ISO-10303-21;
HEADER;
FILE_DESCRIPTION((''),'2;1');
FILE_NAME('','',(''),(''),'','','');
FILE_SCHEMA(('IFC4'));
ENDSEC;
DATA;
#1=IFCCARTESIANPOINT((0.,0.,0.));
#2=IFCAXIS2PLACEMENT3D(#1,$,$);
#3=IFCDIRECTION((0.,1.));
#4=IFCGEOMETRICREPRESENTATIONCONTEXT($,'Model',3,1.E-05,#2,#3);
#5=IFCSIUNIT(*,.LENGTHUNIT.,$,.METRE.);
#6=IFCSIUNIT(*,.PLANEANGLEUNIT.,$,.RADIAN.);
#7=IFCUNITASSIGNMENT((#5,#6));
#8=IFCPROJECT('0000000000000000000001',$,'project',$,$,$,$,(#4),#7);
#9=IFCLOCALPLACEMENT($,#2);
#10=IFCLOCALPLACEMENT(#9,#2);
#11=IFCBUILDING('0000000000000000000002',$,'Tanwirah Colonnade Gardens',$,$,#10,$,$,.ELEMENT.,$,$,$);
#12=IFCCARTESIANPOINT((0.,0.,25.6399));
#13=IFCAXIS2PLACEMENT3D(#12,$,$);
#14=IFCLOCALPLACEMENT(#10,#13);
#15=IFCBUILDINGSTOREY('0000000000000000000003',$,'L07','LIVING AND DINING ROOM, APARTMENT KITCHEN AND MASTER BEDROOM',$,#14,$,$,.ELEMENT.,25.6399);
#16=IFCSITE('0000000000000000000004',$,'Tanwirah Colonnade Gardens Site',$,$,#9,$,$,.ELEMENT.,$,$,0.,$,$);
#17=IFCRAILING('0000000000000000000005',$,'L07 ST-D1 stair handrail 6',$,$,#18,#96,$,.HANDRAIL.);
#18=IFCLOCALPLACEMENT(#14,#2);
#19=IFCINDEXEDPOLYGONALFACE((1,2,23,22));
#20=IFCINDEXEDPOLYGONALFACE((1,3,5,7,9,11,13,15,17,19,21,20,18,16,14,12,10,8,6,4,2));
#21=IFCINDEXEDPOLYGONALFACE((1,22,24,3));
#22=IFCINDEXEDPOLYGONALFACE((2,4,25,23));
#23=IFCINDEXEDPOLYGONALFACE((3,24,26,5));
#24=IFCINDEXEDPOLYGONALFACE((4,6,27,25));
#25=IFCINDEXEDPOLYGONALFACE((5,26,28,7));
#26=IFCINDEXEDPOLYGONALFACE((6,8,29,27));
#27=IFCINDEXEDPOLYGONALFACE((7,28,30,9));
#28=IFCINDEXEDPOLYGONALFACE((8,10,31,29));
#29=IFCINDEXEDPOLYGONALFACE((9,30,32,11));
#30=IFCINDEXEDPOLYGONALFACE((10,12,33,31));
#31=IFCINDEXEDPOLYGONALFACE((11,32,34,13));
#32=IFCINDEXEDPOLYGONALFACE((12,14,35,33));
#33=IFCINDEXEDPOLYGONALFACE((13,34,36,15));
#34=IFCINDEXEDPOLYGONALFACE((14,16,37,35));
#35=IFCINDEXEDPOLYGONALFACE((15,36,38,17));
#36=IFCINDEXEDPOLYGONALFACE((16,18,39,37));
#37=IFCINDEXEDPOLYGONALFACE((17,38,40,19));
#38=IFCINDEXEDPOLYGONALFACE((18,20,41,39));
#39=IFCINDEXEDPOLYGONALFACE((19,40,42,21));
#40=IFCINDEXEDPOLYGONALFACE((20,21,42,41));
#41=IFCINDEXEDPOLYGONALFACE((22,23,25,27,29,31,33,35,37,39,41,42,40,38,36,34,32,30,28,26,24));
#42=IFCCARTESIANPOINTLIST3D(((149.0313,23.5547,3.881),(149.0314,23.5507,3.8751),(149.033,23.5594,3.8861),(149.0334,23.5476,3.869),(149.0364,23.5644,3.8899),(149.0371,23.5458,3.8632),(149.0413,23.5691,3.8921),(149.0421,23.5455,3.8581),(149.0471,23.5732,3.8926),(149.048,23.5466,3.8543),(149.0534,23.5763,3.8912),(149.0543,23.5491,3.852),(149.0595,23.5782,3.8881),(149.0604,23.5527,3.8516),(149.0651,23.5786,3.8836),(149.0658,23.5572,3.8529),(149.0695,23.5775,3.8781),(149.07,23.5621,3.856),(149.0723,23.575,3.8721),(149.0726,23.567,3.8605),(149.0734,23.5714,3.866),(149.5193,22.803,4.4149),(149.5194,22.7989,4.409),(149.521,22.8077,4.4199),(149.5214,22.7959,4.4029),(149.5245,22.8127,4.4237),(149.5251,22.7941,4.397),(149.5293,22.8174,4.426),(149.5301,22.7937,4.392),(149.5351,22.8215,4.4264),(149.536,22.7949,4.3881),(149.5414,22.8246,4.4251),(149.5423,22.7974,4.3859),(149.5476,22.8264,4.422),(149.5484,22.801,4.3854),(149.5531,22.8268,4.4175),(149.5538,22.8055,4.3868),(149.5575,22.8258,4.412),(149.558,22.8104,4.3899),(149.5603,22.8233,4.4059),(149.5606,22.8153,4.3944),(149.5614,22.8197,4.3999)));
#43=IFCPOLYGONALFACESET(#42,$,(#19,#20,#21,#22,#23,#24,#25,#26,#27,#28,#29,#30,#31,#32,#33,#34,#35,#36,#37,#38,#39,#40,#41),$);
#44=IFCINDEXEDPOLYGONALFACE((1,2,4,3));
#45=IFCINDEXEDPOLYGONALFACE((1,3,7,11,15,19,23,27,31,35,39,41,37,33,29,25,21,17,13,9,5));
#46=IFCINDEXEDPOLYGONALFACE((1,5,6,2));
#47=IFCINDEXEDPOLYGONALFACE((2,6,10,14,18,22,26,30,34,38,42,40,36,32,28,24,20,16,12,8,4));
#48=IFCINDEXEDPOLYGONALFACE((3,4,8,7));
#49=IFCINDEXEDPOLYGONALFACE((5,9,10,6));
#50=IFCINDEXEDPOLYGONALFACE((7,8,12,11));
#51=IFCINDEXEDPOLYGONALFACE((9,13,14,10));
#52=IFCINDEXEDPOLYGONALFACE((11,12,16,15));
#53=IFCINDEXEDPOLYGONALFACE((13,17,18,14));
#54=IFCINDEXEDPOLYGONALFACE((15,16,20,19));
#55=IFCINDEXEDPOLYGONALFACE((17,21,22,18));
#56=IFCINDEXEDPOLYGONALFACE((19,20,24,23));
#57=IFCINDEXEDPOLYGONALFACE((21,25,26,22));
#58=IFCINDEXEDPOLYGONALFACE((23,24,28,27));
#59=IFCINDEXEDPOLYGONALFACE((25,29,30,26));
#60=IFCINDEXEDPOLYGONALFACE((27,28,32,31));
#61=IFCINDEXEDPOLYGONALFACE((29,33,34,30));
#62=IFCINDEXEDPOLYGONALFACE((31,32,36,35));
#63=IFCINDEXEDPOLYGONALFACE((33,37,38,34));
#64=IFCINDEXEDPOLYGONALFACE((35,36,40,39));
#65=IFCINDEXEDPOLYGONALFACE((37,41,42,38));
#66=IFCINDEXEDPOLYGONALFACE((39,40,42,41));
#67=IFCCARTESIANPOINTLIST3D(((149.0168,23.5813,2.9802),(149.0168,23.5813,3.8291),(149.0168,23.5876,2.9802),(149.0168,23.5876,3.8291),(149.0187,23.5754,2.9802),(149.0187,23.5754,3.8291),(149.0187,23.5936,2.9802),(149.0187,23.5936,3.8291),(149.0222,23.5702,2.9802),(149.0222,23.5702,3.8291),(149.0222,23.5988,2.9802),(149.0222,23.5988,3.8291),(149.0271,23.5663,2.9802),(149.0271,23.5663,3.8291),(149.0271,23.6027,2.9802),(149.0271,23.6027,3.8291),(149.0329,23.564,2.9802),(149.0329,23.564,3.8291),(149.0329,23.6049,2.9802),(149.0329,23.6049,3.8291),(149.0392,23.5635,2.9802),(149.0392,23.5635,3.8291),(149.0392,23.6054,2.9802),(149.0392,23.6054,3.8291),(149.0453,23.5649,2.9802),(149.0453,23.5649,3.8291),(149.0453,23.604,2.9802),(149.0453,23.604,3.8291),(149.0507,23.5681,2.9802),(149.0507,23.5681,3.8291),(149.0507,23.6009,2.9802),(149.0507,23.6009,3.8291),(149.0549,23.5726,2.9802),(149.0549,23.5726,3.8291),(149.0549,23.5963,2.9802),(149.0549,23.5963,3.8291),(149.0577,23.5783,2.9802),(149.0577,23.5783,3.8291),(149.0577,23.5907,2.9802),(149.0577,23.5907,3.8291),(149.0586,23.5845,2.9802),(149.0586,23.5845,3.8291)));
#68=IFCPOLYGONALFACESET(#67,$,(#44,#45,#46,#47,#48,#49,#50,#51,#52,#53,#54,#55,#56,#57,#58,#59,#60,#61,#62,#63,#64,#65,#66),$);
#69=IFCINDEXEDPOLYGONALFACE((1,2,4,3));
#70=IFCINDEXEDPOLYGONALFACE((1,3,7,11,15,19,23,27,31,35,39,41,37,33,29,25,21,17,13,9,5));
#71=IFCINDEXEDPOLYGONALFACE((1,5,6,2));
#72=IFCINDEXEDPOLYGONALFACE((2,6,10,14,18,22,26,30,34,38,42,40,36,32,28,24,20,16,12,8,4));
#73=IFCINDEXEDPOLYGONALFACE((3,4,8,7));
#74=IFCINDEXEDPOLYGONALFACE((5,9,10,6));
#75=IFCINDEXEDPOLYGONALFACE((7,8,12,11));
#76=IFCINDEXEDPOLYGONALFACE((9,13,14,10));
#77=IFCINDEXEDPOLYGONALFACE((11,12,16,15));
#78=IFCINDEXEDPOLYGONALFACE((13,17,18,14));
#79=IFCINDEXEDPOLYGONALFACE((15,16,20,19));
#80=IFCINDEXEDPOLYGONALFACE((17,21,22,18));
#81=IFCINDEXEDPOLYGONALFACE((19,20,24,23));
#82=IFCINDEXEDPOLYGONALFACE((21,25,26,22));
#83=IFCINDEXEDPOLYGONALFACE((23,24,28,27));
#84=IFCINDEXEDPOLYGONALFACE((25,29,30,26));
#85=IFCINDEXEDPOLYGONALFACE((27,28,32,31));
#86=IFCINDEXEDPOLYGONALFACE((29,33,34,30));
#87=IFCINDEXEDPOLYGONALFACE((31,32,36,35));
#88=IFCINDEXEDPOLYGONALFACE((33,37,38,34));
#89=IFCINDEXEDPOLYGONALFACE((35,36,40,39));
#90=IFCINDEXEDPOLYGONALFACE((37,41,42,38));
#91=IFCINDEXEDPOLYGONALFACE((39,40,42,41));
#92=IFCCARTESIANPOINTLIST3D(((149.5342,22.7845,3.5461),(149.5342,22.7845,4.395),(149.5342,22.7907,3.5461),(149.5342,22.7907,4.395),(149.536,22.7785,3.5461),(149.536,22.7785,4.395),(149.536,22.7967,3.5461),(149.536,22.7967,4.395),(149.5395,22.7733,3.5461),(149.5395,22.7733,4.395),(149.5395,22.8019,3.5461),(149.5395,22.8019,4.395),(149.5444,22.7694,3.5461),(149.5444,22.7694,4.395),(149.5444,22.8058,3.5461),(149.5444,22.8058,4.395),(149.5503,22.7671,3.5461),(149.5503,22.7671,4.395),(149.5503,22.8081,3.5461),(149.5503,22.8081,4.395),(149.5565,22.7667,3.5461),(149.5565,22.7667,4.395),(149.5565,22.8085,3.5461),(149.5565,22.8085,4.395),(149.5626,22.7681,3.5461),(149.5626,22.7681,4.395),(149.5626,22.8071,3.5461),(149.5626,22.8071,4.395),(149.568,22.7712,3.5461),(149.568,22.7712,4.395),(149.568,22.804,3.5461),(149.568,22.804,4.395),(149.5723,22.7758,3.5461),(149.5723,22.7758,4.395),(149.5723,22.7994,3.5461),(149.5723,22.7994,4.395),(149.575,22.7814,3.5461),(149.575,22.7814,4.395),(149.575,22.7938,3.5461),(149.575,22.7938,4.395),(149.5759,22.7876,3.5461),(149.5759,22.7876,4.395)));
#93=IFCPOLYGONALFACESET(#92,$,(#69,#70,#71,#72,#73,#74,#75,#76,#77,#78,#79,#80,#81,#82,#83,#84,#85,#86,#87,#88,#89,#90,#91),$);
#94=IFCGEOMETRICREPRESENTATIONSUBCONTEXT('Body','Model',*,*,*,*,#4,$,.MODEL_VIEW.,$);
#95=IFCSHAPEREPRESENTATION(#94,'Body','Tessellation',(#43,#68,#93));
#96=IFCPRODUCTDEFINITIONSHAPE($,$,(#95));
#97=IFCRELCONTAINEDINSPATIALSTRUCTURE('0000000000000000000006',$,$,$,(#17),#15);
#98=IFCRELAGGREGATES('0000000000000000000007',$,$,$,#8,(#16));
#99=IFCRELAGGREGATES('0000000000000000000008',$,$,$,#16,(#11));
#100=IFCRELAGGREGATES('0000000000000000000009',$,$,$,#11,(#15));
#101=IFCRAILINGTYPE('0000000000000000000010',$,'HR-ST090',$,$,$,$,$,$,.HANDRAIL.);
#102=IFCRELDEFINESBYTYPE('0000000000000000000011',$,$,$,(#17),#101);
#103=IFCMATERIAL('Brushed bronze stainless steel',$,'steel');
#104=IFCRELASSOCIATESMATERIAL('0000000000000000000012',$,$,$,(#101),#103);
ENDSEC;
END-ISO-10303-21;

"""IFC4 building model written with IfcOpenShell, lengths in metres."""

from ifc_helpers import new_model, si_unit, direction, frame, origin, origin_2d, place, context, subcontext, project, spatial, circle, extrude, material, type_object, element, save


model = new_model("IFC4")

# Units and contexts
model_context = context("Model", 3, precision=1e-05, world=origin(), true_north=direction((0.0, 1.0)))
body_context = subcontext(model_context, "Body", "Model", "MODEL_VIEW")
ifc_project = project(units=[si_unit("LENGTHUNIT", "METRE"), si_unit("PLANEANGLEUNIT", "RADIAN")], contexts=[model_context])

# Site, building, storey
site_placement = place(None, origin())
site = spatial("IfcSite", under=ifc_project, at=site_placement, Name="Tanwirah Colonnade Gardens Site", CompositionType="ELEMENT", RefElevation=0.0)
building_placement = place(site_placement, origin())
building = spatial("IfcBuilding", under=site, at=building_placement, Name="Tanwirah Colonnade Gardens", CompositionType="ELEMENT")
storey_placement = place(building_placement, frame((0.0, 0.0, 25.6399)))
storey = spatial("IfcBuildingStorey", under=building, at=storey_placement, Name="L07", Description="LIVING AND DINING ROOM, APARTMENT KITCHEN AND MASTER BEDROOM", CompositionType="ELEMENT", Elevation=25.6399)

# Railing
ifc_material_1 = material(Name="Brushed bronze stainless steel", Category="steel")
railing_type_1 = type_object("IfcRailingType", Name="HR-ST090", PredefinedType="HANDRAIL", material=ifc_material_1)
railing_1_placement = place(storey_placement, frame((149.0376, 23.5845, 2.9802)))
element("IfcRailing", 1, at=railing_1_placement, inside=storey, type_object=railing_type_1, Name="L07 ST-D1 stair handrail 6", PredefinedType="HANDRAIL", context=body_context, shape_type="SweptSolid", body=[
    extrude(circle(Radius=0.0239, at=origin_2d()), frame((0.0146, -0.0225, 0.8918), z_axis=(0.467815, -0.720599, 0.511749), x_axis=(0.838749, 0.544519, 0.0)), (0.0, 0.0, 1.0), 1.0432),
    extrude(circle(Radius=0.021, at=origin_2d()), origin(), (0.0, 0.0, 1.0), 0.8489),
    extrude(circle(Radius=0.021, at=origin_2d()), frame((0.5173, -0.7969, 0.5659)), (0.0, 0.0, 1.0), 0.8489),
])

save(model, "model.ifc")
